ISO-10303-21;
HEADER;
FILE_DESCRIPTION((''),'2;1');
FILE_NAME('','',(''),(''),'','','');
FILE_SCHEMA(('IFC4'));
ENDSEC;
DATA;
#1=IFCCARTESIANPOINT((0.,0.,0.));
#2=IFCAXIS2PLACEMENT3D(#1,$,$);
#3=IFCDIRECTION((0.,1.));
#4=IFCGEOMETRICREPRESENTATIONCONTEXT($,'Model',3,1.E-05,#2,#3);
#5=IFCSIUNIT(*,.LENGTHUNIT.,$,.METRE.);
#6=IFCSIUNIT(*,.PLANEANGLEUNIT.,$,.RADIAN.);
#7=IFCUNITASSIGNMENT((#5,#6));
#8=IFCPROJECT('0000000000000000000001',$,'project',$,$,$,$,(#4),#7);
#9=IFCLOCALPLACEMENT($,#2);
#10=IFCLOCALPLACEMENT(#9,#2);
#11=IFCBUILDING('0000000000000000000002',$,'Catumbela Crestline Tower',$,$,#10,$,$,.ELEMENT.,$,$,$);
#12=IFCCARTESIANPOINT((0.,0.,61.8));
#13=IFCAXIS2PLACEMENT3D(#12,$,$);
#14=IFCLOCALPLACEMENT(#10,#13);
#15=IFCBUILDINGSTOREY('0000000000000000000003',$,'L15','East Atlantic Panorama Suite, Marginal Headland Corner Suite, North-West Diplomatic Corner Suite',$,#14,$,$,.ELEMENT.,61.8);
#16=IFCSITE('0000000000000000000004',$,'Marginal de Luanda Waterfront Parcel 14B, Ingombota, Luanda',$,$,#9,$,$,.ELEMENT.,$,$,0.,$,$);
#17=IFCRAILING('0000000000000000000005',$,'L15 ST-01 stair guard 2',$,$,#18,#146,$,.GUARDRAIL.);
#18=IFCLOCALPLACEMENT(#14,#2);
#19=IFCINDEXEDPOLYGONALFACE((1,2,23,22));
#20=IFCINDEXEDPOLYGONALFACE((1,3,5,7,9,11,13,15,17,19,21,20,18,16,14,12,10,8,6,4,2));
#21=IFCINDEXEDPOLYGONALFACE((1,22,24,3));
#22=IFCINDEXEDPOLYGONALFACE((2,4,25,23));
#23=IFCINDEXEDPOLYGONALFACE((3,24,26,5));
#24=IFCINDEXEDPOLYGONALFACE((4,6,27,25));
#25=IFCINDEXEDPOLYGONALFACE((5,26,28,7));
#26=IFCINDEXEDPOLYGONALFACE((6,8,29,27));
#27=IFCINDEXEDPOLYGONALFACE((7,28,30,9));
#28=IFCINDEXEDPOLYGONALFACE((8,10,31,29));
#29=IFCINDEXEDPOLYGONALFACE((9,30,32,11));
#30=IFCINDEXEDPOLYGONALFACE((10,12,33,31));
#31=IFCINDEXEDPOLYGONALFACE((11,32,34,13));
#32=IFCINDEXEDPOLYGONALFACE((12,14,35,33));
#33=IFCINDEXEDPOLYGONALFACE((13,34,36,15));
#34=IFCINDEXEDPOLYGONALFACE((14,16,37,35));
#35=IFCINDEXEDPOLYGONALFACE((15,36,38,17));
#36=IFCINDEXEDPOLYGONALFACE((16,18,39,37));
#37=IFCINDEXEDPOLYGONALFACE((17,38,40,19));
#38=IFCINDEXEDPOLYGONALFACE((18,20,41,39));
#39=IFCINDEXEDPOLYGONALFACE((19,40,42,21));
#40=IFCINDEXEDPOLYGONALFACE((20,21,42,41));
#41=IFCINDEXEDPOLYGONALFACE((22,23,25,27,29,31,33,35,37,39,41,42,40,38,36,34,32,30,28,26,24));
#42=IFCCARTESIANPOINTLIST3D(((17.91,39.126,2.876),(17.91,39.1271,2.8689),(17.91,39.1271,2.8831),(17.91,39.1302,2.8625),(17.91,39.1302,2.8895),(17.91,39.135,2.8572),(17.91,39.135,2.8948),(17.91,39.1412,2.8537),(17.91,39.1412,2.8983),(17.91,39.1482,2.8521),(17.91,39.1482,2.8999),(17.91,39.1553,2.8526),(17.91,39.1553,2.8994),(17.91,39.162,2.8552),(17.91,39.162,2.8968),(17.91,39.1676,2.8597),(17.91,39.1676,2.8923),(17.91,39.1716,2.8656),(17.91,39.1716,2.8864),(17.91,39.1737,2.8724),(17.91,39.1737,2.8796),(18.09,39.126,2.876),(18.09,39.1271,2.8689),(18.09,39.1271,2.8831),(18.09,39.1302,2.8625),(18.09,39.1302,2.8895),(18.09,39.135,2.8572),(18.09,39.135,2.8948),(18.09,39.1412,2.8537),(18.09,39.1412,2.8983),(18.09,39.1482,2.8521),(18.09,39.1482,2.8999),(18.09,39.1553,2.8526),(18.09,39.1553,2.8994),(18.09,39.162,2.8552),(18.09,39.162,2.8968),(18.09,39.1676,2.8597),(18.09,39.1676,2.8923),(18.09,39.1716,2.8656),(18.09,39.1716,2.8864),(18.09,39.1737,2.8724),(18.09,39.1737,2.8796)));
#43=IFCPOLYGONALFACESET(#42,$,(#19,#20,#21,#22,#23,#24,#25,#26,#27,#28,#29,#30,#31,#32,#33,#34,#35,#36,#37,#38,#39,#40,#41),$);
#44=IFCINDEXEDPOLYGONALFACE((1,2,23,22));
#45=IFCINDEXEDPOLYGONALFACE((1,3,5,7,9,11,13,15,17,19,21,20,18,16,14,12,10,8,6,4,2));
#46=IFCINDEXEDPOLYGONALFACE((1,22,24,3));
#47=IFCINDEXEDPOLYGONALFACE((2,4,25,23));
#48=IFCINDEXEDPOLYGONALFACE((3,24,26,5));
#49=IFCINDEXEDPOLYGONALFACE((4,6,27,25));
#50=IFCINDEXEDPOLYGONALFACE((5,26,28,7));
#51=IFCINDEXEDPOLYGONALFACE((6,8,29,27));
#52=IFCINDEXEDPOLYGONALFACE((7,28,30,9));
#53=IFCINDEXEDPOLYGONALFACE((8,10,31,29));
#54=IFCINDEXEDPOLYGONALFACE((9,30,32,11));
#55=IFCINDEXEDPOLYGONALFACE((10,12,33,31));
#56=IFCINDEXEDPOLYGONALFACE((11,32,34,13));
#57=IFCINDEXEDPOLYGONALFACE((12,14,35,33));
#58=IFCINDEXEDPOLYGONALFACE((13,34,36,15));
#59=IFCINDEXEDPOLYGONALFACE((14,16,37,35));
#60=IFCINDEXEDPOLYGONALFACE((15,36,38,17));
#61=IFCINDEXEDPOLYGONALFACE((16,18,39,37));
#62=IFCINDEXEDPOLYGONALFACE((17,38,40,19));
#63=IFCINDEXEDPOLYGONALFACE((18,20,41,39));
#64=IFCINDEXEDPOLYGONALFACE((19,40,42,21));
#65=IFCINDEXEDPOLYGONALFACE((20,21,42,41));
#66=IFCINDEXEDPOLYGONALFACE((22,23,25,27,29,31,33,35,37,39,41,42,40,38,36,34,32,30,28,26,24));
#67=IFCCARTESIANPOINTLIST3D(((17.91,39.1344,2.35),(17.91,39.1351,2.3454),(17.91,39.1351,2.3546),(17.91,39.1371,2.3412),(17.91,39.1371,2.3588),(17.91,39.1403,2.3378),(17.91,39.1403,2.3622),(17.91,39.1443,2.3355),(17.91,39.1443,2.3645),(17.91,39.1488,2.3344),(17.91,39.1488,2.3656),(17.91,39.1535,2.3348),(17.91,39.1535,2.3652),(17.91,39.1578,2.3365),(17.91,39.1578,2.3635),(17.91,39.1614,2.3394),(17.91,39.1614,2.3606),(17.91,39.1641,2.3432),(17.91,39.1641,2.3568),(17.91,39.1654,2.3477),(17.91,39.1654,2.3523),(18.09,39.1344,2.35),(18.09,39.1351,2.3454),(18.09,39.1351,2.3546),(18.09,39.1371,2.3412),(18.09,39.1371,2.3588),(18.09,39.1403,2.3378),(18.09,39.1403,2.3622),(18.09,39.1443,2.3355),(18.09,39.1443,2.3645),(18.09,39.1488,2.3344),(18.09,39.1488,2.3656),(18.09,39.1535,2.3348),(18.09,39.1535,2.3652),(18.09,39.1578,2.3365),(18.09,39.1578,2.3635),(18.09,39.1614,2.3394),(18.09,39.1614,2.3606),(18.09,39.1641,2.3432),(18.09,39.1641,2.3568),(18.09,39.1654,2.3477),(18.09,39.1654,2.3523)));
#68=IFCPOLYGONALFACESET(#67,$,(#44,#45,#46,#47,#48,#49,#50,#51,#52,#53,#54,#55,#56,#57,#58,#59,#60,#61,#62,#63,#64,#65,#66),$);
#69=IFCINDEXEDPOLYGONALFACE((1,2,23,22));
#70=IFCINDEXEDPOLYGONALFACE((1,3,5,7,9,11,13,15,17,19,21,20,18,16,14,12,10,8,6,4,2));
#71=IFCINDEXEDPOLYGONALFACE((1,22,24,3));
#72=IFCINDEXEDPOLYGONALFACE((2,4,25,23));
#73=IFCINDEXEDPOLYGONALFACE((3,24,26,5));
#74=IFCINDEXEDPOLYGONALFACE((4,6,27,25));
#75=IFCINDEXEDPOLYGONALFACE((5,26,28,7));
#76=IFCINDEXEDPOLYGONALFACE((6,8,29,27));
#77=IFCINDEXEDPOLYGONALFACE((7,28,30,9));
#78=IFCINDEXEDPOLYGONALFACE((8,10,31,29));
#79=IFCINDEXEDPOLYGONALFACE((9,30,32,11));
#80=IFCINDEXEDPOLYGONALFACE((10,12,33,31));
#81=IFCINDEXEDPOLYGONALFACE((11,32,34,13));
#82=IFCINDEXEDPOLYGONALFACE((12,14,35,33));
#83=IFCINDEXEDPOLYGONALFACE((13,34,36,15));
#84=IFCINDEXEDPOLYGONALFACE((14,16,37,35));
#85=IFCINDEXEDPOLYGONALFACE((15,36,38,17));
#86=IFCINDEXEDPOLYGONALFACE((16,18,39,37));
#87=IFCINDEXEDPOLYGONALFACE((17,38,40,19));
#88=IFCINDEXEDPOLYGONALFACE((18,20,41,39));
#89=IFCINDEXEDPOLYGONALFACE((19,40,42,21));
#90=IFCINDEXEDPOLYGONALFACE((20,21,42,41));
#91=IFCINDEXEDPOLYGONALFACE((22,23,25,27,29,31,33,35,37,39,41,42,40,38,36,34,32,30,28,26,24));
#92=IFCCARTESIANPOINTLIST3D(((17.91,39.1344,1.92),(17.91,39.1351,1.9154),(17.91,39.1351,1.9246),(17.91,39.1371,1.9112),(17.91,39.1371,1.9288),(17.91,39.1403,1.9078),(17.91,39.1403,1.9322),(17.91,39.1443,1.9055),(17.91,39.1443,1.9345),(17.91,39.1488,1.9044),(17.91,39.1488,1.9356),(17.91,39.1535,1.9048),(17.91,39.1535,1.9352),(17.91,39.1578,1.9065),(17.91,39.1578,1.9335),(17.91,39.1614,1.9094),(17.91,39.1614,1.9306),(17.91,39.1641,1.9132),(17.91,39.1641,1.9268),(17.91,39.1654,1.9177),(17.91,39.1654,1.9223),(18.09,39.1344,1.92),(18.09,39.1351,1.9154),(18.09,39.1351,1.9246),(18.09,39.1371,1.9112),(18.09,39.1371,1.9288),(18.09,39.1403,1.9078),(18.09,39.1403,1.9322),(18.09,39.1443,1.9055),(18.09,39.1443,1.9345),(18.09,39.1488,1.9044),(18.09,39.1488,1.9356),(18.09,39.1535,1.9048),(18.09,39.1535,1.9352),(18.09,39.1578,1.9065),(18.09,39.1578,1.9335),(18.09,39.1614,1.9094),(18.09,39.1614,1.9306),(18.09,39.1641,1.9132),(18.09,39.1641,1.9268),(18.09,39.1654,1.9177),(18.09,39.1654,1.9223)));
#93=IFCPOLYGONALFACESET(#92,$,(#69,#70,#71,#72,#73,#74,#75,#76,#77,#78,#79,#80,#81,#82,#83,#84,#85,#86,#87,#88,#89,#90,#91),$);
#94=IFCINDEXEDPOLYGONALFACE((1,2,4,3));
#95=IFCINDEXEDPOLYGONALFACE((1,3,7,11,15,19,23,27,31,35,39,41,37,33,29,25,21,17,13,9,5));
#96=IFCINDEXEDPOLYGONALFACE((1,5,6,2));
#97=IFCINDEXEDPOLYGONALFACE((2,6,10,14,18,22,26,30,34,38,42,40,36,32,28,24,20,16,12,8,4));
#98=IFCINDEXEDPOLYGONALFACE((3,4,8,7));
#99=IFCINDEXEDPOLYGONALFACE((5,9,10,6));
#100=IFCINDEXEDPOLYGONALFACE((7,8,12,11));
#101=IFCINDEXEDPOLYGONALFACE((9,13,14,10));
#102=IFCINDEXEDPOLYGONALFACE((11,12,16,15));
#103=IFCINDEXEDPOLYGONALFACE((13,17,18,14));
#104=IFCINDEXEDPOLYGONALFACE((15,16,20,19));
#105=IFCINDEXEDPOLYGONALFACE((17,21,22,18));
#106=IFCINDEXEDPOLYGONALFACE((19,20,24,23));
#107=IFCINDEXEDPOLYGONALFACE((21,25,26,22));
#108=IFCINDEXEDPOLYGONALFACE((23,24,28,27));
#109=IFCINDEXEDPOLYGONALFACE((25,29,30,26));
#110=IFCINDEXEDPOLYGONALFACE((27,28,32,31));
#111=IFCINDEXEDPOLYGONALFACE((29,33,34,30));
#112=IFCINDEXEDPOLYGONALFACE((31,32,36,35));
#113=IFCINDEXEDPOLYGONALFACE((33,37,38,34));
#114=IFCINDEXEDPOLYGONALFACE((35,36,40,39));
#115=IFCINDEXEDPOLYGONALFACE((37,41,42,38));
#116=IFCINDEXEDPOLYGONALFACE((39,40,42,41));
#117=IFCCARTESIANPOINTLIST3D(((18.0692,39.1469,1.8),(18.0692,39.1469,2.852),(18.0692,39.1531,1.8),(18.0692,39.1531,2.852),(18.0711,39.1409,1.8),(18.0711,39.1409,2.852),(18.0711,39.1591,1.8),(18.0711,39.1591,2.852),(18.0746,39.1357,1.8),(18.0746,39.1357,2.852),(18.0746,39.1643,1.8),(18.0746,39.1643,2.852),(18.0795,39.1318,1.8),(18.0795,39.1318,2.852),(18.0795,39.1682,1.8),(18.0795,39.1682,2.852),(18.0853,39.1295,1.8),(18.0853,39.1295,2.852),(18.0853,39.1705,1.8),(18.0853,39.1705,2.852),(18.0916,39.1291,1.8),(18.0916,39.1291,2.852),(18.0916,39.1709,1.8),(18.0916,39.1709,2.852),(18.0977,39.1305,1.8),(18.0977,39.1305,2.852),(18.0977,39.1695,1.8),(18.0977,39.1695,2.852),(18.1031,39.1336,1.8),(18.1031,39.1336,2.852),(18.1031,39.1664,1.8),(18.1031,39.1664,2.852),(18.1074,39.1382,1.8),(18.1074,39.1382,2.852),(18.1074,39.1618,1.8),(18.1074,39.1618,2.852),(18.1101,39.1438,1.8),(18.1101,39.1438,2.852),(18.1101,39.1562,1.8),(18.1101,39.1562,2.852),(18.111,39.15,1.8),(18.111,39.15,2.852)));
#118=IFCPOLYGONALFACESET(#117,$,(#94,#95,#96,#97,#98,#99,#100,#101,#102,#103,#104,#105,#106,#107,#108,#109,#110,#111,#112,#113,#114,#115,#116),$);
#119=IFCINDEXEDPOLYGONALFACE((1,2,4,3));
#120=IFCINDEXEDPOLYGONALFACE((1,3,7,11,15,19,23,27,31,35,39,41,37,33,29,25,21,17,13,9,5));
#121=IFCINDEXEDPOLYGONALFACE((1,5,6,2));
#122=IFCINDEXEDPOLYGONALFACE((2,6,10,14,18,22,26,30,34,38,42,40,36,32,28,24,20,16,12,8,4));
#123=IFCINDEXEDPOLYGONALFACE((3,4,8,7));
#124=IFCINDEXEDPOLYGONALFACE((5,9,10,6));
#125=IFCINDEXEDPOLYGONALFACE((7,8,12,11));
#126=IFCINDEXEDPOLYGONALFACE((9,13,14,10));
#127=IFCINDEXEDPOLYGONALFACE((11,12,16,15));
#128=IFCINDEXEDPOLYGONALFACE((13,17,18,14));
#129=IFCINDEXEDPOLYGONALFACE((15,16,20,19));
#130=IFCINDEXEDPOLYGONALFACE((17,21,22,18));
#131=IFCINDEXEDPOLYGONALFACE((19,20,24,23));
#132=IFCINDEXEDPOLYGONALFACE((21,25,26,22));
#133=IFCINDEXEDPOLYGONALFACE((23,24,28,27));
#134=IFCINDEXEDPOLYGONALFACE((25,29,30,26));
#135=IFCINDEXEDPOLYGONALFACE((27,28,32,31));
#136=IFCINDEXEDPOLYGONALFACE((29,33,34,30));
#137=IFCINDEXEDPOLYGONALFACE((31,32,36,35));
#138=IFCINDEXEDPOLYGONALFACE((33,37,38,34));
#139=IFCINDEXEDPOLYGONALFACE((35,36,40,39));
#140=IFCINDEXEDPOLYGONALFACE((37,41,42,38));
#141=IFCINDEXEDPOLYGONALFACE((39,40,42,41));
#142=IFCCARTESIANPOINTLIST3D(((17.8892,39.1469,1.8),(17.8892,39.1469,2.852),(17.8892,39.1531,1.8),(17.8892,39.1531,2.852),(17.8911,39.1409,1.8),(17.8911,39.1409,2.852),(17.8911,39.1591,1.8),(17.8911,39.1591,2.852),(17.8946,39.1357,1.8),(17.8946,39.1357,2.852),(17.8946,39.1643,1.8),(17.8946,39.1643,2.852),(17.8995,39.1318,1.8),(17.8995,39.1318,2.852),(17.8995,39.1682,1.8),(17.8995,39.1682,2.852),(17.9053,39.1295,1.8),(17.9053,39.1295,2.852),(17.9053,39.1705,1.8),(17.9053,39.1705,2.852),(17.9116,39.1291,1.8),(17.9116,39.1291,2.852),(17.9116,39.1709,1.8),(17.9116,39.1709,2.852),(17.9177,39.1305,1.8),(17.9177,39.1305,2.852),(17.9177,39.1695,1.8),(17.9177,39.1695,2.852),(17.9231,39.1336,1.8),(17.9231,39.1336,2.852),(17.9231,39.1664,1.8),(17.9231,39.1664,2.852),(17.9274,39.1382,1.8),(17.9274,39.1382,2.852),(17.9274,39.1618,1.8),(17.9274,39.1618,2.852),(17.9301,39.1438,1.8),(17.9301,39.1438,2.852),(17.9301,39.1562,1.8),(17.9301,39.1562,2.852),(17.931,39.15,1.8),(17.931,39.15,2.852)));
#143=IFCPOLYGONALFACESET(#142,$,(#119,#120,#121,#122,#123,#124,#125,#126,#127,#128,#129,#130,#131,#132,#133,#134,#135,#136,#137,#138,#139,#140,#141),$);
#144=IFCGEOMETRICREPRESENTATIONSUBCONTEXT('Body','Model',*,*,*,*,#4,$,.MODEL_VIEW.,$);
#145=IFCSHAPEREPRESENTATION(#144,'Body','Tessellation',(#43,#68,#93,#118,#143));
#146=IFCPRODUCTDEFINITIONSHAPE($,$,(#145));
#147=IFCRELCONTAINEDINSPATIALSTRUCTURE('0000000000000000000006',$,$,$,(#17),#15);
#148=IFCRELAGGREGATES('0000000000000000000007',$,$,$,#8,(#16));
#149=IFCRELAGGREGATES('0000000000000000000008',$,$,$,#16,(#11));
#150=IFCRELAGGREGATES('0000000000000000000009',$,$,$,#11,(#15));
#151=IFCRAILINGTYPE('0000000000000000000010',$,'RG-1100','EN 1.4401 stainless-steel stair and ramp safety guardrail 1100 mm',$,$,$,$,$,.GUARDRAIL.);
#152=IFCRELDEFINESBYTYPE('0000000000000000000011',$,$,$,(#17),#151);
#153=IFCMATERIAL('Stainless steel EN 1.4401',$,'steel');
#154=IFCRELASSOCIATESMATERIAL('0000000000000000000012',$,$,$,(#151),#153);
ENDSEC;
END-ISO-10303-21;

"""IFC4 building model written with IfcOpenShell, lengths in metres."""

from ifc_helpers import new_model, si_unit, direction, frame, origin, origin_2d, place, context, subcontext, project, spatial, circle, extrude, material, type_object, element, save


model = new_model("IFC4")

# Units and contexts
model_context = context("Model", 3, precision=1e-05, world=origin(), true_north=direction((0.0, 1.0)))
body_context = subcontext(model_context, "Body", "Model", "MODEL_VIEW")
ifc_project = project(units=[si_unit("LENGTHUNIT", "METRE"), si_unit("PLANEANGLEUNIT", "RADIAN")], contexts=[model_context])

# Site, building, storey
site_placement = place(None, origin())
site = spatial("IfcSite", under=ifc_project, at=site_placement, Name="Marginal de Luanda Waterfront Parcel 14B, Ingombota, Luanda", CompositionType="ELEMENT", RefElevation=0.0)
building_placement = place(site_placement, origin())
building = spatial("IfcBuilding", under=site, at=building_placement, Name="Catumbela Crestline Tower", CompositionType="ELEMENT")
storey_placement = place(building_placement, frame((0.0, 0.0, 61.8)))
storey = spatial("IfcBuildingStorey", under=building, at=storey_placement, Name="L15", Description="East Atlantic Panorama Suite, Marginal Headland Corner Suite, North-West Diplomatic Corner Suite", CompositionType="ELEMENT", Elevation=61.8)

# Railing
ifc_material_1 = material(Name="Stainless steel EN 1.4401", Category="steel")
railing_type_1 = type_object("IfcRailingType", Name="RG-1100", Description="EN 1.4401 stainless-steel stair and ramp safety guardrail 1100 mm", PredefinedType="GUARDRAIL", material=ifc_material_1)
railing_1_placement = place(storey_placement, frame((18.09, 39.15, 1.8)))
element("IfcRailing", 1, at=railing_1_placement, inside=storey, type_object=railing_type_1, Name="L15 ST-01 stair guard 2", PredefinedType="GUARDRAIL", context=body_context, shape_type="SweptSolid", body=[
    extrude(circle(Radius=0.024, at=origin_2d()), frame((0.0, 0.0, 1.076), z_axis=(-1.0, 0.0, 0.0), x_axis=(0.0, -1.0, 0.0)), (0.0, 0.0, 1.0), 0.18),
    extrude(circle(Radius=0.0156, at=origin_2d()), frame((0.0, 0.0, 0.55), z_axis=(-1.0, 0.0, 0.0), x_axis=(0.0, -1.0, 0.0)), (0.0, 0.0, 1.0), 0.18),
    extrude(circle(Radius=0.0156, at=origin_2d()), frame((0.0, 0.0, 0.12), z_axis=(-1.0, 0.0, 0.0), x_axis=(0.0, -1.0, 0.0)), (0.0, 0.0, 1.0), 0.18),
    extrude(circle(Radius=0.021, at=origin_2d()), origin(), (0.0, 0.0, 1.0), 1.052),
    extrude(circle(Radius=0.021, at=origin_2d()), frame((-0.18, 0.0, 0.0)), (0.0, 0.0, 1.0), 1.052),
])

save(model, "model.ifc")
